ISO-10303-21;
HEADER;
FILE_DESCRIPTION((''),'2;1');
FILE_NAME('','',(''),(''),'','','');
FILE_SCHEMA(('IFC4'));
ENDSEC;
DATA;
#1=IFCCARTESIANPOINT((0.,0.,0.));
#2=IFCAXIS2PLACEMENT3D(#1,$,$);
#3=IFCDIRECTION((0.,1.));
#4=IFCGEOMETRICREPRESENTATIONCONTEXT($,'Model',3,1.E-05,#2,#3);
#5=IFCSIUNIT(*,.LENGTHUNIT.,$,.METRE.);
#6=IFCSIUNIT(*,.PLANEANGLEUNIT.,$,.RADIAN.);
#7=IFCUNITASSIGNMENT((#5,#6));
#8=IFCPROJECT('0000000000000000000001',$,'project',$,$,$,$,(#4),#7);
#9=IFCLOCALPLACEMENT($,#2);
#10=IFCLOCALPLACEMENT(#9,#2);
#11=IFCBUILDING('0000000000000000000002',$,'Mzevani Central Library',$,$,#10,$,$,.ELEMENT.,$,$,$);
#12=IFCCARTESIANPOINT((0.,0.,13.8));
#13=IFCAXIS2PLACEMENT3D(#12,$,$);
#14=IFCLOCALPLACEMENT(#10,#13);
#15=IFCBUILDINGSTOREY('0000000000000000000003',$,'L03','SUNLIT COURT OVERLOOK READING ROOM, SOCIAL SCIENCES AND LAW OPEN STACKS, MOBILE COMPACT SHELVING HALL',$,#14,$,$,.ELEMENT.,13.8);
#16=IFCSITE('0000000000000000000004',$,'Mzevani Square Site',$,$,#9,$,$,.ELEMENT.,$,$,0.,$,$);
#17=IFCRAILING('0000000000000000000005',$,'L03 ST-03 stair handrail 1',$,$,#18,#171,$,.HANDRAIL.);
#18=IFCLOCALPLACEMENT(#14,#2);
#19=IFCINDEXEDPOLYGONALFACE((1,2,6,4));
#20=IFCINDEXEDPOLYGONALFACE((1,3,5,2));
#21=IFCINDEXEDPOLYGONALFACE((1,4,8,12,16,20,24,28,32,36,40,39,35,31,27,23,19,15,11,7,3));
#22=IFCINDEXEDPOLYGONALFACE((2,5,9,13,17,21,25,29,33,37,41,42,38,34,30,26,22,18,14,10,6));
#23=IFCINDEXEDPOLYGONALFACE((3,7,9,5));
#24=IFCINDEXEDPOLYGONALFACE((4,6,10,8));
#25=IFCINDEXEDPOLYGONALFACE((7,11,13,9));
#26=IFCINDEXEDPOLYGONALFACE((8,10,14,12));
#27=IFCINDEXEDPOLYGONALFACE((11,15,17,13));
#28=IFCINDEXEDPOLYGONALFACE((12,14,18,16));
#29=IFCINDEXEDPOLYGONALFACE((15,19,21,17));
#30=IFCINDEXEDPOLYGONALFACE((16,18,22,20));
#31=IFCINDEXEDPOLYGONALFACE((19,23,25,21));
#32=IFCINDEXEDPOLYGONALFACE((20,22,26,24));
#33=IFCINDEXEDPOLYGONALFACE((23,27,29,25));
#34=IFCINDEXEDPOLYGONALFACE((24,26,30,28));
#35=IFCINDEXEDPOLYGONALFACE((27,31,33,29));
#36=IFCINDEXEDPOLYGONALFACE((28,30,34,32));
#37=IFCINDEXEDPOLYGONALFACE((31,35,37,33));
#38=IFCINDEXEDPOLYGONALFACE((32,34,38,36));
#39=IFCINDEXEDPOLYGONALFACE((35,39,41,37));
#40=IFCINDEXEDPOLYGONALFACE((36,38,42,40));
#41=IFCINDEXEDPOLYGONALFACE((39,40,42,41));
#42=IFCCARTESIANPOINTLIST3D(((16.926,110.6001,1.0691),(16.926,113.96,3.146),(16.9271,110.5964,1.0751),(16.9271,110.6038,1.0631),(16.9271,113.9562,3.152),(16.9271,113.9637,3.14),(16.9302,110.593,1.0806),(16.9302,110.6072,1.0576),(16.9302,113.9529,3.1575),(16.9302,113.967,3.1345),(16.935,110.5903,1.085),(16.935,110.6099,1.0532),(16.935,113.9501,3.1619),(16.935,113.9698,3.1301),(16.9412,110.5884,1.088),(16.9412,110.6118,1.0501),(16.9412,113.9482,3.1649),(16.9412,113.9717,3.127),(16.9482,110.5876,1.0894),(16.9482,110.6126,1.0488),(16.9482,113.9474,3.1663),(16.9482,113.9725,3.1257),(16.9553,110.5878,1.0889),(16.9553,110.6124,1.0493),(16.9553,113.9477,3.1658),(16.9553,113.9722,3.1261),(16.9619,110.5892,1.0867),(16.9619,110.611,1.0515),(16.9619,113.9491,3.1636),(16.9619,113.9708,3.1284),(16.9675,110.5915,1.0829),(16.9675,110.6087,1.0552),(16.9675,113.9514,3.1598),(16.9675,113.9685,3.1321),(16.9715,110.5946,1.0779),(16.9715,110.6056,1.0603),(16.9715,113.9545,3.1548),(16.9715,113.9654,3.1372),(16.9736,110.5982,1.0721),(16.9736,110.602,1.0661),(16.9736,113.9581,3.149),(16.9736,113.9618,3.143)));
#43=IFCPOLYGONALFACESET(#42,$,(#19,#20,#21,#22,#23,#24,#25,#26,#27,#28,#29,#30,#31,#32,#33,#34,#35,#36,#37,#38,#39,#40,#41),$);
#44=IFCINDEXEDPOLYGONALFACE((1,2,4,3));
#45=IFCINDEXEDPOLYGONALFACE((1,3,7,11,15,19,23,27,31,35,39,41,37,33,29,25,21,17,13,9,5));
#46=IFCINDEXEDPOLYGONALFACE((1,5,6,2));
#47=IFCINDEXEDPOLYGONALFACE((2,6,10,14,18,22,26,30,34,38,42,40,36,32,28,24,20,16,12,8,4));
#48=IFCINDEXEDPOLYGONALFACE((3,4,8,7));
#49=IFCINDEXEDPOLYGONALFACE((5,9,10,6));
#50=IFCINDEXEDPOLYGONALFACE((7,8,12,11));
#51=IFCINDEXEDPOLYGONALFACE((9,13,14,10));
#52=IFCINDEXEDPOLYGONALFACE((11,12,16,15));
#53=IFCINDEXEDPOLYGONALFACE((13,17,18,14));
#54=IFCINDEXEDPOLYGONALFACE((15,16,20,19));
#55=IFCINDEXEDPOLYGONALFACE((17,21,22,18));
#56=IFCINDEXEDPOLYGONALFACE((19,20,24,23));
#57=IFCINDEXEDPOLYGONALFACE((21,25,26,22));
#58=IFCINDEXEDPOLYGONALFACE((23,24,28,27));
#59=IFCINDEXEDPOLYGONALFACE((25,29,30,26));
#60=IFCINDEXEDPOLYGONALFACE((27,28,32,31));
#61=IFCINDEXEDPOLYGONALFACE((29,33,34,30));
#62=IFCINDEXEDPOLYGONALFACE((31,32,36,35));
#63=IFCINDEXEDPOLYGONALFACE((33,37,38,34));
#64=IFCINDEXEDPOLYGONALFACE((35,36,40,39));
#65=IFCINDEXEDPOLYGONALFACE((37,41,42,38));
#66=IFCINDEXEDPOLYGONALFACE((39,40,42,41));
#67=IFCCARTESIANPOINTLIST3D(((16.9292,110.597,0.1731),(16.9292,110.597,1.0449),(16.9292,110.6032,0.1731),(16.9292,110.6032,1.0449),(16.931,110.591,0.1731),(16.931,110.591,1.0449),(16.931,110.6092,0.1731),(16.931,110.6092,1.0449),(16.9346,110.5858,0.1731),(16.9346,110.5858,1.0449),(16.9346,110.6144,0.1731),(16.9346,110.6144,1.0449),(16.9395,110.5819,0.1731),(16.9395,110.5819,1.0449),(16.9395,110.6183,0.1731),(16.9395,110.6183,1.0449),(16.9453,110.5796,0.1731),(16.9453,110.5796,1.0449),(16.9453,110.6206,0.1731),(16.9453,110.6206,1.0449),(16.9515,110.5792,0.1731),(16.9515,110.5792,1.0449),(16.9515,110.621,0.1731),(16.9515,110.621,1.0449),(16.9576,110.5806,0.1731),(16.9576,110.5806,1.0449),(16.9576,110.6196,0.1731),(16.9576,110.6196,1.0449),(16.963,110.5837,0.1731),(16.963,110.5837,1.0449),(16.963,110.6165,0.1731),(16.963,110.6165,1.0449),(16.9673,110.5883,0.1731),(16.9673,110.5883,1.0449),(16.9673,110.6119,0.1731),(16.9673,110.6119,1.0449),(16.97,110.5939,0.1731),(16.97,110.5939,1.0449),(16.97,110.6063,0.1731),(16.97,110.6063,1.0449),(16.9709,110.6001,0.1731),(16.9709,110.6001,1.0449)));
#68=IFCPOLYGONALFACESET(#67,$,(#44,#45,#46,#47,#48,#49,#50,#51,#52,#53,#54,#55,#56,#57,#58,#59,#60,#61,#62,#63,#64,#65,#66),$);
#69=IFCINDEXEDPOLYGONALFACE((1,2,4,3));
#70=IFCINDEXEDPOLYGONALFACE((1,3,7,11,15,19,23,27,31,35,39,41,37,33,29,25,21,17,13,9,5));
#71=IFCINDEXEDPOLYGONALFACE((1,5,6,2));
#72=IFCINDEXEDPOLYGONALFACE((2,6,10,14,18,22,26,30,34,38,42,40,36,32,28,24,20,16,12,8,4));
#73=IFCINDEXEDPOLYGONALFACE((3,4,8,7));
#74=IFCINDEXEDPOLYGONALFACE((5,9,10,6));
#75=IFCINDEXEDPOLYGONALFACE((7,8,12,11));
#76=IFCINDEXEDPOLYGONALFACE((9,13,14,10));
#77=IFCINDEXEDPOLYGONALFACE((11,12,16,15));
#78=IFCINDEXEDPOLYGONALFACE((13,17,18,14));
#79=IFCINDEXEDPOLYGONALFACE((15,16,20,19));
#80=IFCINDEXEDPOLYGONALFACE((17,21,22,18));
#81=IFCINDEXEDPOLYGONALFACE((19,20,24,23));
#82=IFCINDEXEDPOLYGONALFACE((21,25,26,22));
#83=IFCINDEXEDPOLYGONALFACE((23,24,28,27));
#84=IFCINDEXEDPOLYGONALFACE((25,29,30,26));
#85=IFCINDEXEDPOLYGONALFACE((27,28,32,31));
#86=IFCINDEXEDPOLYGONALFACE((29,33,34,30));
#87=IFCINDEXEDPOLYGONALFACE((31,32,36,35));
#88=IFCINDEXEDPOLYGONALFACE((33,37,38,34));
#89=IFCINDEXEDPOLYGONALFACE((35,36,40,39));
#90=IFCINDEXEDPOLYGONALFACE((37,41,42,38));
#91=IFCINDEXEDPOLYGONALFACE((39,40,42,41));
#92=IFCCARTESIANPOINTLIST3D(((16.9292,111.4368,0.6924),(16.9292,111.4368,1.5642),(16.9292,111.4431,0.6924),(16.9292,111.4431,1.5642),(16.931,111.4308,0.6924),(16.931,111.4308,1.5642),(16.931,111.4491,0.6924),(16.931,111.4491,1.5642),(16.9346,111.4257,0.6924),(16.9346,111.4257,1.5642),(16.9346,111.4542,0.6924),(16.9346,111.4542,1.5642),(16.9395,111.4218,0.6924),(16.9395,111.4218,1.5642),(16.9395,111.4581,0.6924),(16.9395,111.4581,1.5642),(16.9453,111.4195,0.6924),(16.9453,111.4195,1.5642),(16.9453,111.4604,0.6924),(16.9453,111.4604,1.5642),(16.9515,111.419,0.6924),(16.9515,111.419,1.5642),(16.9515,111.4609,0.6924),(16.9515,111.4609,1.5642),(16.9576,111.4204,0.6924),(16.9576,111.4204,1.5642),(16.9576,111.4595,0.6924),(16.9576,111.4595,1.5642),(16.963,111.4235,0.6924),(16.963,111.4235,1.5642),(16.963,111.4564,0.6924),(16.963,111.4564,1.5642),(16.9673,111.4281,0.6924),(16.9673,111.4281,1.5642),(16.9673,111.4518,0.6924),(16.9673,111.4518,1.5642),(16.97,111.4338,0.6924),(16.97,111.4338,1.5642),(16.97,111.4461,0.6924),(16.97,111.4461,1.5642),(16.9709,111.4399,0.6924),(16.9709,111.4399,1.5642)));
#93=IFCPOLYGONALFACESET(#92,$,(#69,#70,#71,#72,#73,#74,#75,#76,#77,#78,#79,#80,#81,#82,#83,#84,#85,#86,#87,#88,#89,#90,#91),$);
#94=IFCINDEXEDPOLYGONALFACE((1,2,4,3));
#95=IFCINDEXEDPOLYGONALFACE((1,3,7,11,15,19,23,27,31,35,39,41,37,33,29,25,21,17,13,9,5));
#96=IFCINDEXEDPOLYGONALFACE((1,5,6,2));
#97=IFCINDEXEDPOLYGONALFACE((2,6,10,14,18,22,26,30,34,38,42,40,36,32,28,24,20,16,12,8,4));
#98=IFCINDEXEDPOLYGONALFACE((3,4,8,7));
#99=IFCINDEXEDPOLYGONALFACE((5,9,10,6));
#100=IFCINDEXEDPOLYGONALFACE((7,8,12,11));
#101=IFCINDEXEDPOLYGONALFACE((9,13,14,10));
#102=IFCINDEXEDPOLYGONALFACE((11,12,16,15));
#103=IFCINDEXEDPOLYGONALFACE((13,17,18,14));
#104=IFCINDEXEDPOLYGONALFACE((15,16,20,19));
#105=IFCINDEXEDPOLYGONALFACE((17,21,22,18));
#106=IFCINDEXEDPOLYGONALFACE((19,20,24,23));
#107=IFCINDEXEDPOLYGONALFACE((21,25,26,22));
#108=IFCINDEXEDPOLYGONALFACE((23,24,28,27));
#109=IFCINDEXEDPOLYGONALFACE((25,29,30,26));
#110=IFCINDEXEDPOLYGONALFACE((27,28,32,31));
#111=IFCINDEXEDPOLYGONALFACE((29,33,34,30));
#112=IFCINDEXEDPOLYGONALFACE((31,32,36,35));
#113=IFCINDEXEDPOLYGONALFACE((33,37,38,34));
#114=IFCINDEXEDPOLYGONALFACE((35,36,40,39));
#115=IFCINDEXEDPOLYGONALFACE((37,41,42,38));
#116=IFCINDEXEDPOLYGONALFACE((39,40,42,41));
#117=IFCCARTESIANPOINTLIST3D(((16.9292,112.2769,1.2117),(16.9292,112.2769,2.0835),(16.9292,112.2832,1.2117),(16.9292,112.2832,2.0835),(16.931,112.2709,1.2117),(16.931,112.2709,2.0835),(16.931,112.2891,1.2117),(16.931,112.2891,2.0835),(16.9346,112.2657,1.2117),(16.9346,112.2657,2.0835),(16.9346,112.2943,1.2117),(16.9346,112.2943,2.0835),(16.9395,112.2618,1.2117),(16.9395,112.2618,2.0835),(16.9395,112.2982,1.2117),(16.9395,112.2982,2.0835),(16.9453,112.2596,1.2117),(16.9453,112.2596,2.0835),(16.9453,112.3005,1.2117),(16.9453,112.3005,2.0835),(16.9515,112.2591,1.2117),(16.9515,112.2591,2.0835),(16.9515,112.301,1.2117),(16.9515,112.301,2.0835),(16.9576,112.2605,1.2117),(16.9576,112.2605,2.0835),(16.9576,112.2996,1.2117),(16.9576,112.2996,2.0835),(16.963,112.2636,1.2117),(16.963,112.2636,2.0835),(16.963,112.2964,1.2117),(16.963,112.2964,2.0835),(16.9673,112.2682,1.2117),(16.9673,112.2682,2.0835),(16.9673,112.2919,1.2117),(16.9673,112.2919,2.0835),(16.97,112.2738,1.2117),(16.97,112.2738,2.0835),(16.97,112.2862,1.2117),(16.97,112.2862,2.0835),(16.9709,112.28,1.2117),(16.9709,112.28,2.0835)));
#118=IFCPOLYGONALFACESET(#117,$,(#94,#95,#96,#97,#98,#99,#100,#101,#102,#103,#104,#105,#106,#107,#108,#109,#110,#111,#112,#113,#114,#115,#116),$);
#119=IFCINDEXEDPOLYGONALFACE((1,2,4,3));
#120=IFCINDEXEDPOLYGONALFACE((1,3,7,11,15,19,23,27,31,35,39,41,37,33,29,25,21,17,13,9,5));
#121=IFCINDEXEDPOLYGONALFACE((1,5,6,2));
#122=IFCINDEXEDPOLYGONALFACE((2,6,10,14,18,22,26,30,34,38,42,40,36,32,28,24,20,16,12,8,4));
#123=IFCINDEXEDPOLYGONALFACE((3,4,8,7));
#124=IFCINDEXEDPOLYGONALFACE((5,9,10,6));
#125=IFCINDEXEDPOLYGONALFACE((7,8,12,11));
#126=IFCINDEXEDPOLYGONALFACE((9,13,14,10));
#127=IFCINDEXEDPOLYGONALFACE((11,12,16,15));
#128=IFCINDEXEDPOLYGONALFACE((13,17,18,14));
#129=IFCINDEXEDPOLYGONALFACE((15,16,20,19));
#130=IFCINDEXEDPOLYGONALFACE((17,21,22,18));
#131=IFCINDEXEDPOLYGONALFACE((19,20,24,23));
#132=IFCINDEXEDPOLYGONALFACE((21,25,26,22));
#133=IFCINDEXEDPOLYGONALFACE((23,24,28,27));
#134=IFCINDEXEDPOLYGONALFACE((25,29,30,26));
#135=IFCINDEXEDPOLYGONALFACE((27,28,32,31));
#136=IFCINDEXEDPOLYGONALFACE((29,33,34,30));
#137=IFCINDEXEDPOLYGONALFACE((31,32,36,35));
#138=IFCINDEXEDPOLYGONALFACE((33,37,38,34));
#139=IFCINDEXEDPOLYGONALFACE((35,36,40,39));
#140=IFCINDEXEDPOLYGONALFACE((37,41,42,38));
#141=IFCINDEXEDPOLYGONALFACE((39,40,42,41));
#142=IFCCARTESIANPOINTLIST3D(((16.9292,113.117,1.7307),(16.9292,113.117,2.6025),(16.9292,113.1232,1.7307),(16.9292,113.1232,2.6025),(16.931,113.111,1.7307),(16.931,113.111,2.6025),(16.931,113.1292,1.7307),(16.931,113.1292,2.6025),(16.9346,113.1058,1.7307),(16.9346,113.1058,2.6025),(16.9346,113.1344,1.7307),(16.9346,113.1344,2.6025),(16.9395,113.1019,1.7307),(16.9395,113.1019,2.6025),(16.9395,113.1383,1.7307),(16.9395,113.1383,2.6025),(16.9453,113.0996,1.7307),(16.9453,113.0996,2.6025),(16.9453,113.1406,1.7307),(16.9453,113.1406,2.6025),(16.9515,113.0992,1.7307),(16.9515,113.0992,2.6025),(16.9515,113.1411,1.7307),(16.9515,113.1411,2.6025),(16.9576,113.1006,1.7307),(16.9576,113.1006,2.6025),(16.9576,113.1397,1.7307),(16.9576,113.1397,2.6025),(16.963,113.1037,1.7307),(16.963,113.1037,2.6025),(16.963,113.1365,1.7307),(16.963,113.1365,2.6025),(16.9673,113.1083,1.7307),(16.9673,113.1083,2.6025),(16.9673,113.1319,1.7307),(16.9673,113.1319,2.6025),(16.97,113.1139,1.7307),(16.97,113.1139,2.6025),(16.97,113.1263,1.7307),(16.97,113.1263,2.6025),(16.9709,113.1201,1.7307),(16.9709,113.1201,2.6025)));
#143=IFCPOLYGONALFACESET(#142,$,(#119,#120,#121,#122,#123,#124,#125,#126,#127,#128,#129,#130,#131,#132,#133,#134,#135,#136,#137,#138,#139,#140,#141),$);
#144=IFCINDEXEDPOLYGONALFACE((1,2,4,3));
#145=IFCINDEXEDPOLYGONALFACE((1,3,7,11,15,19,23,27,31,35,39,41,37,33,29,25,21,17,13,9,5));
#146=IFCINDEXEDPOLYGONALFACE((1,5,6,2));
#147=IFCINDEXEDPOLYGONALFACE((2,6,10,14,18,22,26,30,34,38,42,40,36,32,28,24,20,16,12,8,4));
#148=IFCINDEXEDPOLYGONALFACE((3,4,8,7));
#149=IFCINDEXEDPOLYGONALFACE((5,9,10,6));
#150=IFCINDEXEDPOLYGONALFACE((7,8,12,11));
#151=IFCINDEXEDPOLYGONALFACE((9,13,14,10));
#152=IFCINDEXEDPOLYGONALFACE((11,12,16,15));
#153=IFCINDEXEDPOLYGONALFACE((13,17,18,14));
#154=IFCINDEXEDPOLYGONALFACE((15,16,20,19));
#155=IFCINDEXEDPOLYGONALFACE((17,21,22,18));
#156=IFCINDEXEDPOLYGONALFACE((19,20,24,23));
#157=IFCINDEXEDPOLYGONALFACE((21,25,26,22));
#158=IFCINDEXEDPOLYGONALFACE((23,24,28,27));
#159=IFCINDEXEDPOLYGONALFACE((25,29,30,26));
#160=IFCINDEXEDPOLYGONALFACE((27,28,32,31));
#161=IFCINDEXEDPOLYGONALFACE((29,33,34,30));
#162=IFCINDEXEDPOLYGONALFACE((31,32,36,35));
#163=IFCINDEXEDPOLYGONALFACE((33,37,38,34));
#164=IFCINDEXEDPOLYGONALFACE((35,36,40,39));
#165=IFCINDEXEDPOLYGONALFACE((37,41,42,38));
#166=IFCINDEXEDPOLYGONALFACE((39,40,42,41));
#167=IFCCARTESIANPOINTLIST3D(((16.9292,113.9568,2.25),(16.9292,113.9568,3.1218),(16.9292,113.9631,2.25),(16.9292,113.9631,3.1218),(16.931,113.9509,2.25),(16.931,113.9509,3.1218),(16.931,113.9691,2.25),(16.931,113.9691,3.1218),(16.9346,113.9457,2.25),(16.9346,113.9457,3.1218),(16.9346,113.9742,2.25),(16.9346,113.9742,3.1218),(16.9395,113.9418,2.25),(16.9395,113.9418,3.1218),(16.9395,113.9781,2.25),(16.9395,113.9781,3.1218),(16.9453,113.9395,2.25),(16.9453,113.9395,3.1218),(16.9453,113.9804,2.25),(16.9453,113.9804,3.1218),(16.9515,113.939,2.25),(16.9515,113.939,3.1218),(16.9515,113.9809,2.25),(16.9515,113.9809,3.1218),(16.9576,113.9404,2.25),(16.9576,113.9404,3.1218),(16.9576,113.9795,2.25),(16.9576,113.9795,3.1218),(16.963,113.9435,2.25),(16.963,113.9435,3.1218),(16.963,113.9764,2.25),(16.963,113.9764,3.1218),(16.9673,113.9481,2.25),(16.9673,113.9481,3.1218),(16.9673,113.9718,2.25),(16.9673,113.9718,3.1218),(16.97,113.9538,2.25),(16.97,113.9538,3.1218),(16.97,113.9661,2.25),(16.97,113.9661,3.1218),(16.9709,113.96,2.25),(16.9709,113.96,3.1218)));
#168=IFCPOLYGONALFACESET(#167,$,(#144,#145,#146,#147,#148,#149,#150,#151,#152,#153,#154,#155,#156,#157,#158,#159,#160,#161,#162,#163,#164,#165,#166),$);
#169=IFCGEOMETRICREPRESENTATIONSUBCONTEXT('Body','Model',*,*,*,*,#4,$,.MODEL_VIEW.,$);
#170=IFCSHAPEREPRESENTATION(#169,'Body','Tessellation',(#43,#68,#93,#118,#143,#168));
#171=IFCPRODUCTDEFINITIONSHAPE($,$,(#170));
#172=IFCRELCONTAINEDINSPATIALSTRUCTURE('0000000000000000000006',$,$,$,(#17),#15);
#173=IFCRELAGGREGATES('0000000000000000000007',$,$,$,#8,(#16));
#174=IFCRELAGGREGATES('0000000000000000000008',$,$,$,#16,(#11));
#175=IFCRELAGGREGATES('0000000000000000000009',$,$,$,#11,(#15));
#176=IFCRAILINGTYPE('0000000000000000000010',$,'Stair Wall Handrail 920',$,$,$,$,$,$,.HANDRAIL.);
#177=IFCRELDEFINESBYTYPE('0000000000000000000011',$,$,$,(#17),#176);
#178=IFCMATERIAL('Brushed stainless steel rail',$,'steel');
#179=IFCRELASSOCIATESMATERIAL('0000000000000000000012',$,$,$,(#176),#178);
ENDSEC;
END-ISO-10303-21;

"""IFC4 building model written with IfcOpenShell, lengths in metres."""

from ifc_helpers import new_model, si_unit, direction, frame, origin, origin_2d, place, context, subcontext, project, spatial, circle, extrude, material, type_object, element, save


model = new_model("IFC4")

# Units and contexts
model_context = context("Model", 3, precision=1e-05, world=origin(), true_north=direction((0.0, 1.0)))
body_context = subcontext(model_context, "Body", "Model", "MODEL_VIEW")
ifc_project = project(units=[si_unit("LENGTHUNIT", "METRE"), si_unit("PLANEANGLEUNIT", "RADIAN")], contexts=[model_context])

# Site, building, storey
site_placement = place(None, origin())
site = spatial("IfcSite", under=ifc_project, at=site_placement, Name="Mzevani Square Site", CompositionType="ELEMENT", RefElevation=0.0)
building_placement = place(site_placement, origin())
building = spatial("IfcBuilding", under=site, at=building_placement, Name="Mzevani Central Library", CompositionType="ELEMENT")
storey_placement = place(building_placement, frame((0.0, 0.0, 13.8)))
storey = spatial("IfcBuildingStorey", under=building, at=storey_placement, Name="L03", Description="SUNLIT COURT OVERLOOK READING ROOM, SOCIAL SCIENCES AND LAW OPEN STACKS, MOBILE COMPACT SHELVING HALL", CompositionType="ELEMENT", Elevation=13.8)

# Railing
ifc_material_1 = material(Name="Brushed stainless steel rail", Category="steel")
railing_type = type_object("IfcRailingType", Name="Stair Wall Handrail 920", PredefinedType="HANDRAIL", material=ifc_material_1)
railing_placement = place(storey_placement, frame((16.95, 110.6001, 0.1731)))
element("IfcRailing", 1, at=railing_placement, inside=storey, type_object=railing_type, Name="L03 ST-03 stair handrail 1", PredefinedType="HANDRAIL", context=body_context, shape_type="SweptSolid", body=[
    extrude(circle(Radius=0.0239, at=origin_2d()), frame((0.0, 0.0, 0.896), z_axis=(0.0, 0.850606, 0.525803), x_axis=(-1.0, 0.0, 0.0)), (0.0, 0.0, 1.0), 3.95),
    extrude(circle(Radius=0.021, at=origin_2d()), origin(), (0.0, 0.0, 1.0), 0.8718),
    extrude(circle(Radius=0.021, at=origin_2d()), frame((0.0, 0.8398, 0.5193)), (0.0, 0.0, 1.0), 0.8718),
    extrude(circle(Radius=0.021, at=origin_2d()), frame((0.0, 1.6799, 1.0386)), (0.0, 0.0, 1.0), 0.8718),
    extrude(circle(Radius=0.021, at=origin_2d()), frame((0.0, 2.52, 1.5576)), (0.0, 0.0, 1.0), 0.8718),
    extrude(circle(Radius=0.021, at=origin_2d()), frame((0.0, 3.3599, 2.0769)), (0.0, 0.0, 1.0), 0.8718),
])

save(model, "model.ifc")
